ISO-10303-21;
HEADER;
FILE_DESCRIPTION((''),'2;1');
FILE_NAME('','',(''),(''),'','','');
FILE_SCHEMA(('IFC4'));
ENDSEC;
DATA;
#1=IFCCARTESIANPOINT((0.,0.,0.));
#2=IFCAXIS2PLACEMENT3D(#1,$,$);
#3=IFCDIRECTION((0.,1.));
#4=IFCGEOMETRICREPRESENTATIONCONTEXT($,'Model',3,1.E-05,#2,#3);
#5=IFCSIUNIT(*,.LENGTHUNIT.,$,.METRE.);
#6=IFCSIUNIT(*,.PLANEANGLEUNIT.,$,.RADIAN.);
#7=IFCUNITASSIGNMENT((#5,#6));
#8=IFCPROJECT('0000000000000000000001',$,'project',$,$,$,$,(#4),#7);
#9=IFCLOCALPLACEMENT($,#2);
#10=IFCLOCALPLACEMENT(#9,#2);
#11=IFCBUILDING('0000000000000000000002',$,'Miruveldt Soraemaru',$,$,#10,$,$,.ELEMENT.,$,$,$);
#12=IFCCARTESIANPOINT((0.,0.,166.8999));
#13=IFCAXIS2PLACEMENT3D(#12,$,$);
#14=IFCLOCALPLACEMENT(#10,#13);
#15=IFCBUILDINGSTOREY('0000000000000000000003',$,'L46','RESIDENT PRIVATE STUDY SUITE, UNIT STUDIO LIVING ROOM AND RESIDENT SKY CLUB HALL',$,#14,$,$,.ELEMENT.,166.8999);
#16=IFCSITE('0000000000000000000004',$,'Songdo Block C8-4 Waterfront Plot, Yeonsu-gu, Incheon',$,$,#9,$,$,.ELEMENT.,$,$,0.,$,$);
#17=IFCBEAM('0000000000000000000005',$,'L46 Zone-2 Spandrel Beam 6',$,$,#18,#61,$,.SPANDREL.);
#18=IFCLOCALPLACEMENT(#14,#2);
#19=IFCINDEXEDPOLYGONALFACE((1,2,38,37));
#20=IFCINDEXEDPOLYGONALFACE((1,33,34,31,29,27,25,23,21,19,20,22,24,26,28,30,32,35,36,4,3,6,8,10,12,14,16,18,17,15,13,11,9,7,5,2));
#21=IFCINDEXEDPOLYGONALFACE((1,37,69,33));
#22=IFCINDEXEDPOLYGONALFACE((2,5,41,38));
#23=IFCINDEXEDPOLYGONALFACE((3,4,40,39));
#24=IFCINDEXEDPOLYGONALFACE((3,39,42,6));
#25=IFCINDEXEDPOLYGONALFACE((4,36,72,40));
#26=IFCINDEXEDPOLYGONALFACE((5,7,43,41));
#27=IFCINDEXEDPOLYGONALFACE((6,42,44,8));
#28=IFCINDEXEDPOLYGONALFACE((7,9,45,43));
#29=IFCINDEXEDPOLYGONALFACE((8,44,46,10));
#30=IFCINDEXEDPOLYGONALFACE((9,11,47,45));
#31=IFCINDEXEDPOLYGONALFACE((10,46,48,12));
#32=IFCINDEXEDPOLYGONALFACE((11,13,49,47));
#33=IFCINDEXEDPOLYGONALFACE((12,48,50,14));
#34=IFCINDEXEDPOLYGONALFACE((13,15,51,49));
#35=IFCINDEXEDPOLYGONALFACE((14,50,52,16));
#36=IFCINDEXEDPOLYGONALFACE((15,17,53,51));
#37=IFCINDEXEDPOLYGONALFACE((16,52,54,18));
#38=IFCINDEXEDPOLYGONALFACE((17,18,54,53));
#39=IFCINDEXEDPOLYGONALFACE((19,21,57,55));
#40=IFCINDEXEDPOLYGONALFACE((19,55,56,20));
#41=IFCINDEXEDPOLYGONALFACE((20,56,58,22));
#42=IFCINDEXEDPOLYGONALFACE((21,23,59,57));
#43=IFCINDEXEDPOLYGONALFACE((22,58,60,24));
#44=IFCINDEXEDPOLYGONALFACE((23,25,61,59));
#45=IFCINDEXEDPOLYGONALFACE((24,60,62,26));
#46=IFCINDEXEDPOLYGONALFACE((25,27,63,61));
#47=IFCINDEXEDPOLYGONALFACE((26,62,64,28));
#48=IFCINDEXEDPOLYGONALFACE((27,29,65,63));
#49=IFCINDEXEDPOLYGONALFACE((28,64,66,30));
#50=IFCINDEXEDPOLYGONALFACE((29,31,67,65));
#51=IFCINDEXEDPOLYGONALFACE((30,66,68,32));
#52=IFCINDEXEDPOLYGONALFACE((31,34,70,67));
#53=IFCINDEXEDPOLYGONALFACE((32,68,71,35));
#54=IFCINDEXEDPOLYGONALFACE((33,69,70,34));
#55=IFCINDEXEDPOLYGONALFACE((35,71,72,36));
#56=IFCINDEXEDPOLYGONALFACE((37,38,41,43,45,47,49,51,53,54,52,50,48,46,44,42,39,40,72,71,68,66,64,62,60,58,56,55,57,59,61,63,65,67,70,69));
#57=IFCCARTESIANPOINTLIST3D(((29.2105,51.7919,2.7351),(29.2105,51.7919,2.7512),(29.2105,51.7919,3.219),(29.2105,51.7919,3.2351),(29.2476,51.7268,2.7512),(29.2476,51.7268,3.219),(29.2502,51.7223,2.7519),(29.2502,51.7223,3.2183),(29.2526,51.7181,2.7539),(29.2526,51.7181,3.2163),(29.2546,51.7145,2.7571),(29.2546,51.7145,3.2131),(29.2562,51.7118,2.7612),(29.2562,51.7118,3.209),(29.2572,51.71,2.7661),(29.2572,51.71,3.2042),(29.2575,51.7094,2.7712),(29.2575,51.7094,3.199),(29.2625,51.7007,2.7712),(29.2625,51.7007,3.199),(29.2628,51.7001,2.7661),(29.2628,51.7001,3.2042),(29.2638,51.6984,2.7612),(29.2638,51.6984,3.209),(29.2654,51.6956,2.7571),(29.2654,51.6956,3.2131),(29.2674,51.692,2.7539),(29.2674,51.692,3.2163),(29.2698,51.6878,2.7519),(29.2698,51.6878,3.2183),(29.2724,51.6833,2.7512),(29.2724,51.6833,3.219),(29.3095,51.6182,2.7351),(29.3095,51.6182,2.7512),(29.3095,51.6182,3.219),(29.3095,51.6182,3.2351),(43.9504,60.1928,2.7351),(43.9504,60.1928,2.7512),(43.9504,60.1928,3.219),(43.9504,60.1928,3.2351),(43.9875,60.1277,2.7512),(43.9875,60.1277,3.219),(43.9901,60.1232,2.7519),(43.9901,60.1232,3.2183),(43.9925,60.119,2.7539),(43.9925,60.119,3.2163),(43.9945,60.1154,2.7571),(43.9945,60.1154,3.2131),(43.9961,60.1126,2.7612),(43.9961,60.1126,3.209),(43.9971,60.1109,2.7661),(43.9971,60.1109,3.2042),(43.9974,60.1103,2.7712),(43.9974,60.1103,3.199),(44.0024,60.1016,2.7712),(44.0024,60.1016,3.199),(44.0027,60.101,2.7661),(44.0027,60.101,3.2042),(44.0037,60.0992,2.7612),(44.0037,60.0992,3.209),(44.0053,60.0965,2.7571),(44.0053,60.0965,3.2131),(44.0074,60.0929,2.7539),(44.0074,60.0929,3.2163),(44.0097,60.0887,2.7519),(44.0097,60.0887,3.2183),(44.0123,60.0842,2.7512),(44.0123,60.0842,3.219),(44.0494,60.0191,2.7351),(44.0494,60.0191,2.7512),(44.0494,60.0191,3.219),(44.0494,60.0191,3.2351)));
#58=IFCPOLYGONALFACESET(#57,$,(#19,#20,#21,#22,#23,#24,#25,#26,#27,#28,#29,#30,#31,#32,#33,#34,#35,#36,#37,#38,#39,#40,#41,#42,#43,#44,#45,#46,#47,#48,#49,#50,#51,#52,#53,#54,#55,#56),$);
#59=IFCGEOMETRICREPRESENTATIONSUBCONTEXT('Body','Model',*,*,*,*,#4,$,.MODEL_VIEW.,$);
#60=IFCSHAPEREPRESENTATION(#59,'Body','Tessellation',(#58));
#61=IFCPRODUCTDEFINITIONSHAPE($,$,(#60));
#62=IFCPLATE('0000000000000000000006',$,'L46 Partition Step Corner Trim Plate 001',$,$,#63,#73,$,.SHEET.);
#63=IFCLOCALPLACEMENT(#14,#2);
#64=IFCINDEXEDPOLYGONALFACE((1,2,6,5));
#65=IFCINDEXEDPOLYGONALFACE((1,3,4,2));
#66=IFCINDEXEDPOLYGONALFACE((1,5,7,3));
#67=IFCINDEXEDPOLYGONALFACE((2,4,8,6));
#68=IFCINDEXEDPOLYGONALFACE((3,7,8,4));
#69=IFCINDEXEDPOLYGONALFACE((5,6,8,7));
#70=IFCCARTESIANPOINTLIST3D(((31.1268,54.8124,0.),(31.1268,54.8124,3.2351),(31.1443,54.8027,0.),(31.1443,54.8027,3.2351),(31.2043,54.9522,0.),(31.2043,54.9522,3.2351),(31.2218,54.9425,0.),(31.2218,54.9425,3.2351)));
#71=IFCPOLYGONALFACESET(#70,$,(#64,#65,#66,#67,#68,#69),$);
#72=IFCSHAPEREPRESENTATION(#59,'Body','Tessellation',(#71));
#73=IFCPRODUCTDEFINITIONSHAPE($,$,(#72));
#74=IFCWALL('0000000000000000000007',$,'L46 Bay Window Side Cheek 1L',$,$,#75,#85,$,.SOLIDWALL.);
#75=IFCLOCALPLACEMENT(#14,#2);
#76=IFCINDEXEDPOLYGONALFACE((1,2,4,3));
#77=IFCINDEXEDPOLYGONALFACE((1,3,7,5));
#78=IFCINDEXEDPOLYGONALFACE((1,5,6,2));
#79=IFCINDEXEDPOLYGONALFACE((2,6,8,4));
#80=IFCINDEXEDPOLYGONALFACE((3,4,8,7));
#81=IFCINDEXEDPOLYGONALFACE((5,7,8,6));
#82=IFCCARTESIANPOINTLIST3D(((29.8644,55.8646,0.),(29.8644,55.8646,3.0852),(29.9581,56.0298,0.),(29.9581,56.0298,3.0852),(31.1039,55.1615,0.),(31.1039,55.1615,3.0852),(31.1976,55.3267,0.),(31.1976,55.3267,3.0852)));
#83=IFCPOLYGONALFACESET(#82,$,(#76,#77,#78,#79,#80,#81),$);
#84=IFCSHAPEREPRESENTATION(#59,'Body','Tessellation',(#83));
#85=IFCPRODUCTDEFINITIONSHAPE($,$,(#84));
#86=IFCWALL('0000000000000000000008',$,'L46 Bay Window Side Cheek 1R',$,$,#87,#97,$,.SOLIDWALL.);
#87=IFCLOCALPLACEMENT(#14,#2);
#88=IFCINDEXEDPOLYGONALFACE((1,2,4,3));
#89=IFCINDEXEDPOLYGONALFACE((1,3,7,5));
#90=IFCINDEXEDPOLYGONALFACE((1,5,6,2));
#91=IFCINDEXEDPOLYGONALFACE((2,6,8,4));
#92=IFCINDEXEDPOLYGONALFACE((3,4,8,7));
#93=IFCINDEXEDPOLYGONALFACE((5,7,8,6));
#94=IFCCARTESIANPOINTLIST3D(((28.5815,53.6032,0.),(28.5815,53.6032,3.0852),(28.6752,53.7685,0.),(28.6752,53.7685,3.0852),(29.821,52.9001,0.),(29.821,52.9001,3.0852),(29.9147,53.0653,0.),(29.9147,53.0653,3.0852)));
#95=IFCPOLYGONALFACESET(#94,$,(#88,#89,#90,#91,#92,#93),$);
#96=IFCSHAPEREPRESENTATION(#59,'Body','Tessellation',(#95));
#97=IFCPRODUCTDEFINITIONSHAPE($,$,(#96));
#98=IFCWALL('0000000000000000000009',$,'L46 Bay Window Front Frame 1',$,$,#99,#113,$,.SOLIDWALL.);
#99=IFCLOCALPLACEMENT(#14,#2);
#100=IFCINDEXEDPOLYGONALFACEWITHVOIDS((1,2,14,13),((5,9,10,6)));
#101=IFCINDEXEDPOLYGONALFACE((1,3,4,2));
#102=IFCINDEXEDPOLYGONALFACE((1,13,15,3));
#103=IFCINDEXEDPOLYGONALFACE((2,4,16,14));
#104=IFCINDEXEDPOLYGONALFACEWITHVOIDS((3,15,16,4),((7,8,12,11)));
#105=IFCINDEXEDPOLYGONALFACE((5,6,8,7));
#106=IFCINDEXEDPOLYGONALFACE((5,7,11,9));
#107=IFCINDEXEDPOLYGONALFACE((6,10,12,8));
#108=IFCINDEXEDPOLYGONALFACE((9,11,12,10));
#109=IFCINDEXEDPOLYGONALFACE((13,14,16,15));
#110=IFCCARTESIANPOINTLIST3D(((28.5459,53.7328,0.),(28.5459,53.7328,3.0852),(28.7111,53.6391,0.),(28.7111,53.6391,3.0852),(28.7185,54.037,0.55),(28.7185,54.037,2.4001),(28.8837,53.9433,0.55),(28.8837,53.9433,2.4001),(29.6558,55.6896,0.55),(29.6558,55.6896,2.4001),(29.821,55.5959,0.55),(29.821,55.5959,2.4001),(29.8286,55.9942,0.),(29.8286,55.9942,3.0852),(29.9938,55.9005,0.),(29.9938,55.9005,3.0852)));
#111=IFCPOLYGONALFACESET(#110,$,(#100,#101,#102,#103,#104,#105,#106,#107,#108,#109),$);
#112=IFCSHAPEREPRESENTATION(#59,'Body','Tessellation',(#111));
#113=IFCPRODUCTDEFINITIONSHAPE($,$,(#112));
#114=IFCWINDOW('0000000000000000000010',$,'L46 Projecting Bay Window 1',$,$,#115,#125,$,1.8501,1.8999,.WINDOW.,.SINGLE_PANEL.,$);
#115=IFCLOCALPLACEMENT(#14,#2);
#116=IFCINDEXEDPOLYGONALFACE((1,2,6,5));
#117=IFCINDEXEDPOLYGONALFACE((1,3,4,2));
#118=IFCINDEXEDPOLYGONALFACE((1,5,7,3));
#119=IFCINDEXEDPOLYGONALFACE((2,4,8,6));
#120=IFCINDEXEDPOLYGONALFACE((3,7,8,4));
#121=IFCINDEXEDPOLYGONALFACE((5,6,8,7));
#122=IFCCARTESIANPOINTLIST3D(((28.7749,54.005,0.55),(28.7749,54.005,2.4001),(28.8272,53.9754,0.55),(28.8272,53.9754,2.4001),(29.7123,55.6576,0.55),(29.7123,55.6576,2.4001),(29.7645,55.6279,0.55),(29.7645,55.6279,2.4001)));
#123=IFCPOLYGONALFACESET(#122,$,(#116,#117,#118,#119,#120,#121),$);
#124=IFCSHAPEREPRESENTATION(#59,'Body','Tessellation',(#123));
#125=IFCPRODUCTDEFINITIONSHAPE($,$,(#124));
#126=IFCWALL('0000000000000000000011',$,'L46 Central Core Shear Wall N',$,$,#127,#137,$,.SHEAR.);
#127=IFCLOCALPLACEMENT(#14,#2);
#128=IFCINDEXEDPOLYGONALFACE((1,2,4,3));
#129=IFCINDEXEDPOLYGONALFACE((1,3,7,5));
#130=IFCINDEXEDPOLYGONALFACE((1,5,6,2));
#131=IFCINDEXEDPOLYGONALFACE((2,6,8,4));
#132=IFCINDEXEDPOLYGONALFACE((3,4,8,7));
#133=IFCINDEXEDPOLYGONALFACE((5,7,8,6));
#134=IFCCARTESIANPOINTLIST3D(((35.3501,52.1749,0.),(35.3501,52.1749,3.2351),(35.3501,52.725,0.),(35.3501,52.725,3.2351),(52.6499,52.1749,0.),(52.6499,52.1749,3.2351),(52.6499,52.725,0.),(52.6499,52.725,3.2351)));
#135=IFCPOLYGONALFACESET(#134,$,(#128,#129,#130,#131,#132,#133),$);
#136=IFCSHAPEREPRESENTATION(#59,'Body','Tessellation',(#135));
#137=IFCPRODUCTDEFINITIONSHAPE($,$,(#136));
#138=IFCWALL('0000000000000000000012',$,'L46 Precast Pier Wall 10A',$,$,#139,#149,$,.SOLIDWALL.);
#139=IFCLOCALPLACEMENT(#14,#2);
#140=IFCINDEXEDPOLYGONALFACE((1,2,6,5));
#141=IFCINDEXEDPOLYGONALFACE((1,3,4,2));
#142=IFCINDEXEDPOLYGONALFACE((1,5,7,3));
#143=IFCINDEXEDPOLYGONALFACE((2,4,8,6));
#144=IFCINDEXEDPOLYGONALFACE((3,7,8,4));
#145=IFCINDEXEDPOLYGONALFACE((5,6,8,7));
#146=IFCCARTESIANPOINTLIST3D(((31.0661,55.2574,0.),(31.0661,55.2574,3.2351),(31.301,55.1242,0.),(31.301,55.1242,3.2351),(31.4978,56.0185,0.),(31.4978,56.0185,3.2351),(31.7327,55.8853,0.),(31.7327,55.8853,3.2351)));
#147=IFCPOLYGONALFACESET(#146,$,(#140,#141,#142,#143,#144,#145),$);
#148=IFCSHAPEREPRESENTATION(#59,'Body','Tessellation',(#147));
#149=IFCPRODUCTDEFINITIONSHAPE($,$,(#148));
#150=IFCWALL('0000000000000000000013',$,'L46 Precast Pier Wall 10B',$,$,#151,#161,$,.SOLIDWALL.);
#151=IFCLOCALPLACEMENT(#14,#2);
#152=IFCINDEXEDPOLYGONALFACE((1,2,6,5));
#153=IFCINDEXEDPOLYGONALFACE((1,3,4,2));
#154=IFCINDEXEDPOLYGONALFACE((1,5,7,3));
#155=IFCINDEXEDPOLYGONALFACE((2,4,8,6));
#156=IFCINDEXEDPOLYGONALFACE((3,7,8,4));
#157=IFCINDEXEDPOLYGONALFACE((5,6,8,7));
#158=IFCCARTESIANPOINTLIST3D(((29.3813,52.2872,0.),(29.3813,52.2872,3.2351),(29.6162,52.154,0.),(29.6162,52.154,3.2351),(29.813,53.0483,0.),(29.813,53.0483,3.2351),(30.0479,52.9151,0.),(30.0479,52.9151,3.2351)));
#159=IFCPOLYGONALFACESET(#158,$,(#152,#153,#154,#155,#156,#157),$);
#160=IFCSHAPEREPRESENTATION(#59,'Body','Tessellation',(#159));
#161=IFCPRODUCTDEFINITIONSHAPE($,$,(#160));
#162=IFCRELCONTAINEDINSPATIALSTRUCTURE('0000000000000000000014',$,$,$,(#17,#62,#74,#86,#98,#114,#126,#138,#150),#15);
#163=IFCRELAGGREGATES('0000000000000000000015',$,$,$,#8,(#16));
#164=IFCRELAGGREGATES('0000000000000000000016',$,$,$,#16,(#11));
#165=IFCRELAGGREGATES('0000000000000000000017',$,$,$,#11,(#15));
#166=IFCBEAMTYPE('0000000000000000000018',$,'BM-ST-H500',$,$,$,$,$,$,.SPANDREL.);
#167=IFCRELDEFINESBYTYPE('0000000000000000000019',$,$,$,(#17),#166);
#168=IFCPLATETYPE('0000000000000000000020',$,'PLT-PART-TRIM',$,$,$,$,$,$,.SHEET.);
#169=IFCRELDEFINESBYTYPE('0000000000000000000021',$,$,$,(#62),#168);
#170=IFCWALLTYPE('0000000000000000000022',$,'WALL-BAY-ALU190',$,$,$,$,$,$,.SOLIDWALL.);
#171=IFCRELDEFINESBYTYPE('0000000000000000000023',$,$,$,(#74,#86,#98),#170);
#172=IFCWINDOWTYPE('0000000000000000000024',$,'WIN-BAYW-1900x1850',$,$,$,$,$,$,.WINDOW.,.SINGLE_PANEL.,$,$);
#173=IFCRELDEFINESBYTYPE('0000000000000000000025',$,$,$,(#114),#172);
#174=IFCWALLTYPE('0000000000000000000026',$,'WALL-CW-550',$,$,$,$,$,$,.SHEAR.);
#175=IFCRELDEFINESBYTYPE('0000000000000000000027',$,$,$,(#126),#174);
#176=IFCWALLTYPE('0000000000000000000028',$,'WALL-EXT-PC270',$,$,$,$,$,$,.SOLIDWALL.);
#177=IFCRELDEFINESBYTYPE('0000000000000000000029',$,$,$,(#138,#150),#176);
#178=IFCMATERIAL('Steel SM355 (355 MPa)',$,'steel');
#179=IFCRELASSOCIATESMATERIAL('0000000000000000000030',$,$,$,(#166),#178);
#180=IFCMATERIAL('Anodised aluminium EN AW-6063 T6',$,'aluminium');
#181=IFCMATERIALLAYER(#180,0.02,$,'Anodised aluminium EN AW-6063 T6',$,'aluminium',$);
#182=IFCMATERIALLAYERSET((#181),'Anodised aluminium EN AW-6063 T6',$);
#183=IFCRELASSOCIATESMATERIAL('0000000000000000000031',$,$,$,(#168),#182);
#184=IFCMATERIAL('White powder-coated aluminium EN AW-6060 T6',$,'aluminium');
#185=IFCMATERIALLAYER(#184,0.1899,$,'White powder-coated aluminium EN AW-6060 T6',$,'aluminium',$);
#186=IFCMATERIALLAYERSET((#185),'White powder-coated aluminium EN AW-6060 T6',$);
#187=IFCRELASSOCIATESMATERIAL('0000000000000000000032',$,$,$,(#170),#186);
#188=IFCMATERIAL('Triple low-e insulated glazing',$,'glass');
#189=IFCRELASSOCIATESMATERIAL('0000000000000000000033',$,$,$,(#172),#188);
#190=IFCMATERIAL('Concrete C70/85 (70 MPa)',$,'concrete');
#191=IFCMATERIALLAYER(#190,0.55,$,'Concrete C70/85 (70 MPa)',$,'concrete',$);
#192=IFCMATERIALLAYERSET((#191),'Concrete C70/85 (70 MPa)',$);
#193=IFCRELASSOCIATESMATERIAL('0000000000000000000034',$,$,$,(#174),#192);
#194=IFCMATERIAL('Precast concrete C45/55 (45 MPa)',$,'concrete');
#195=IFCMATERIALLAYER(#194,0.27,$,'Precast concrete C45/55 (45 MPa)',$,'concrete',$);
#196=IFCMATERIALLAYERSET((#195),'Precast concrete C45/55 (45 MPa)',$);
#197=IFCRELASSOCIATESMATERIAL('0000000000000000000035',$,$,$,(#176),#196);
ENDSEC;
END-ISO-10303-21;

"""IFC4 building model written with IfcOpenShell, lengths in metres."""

from ifc_helpers import new_model, si_unit, direction, frame, frame_2d, origin, origin_2d, place, context, subcontext, project, spatial, rectangle, i_section, extrude, material, layer, layer_set, material_profile, profile_set, type_object, element, fill, save


model = new_model("IFC4")

# Units and contexts
model_context = context("Model", 3, precision=1e-05, world=origin(), true_north=direction((0.0, 1.0)))
body_context = subcontext(model_context, "Body", "Model", "MODEL_VIEW")
ifc_project = project(units=[si_unit("LENGTHUNIT", "METRE"), si_unit("PLANEANGLEUNIT", "RADIAN")], contexts=[model_context])

# Site, building, storey
site_placement = place(None, origin())
site = spatial("IfcSite", under=ifc_project, at=site_placement, Name="Songdo Block C8-4 Waterfront Plot, Yeonsu-gu, Incheon", CompositionType="ELEMENT", RefElevation=0.0)
building_placement = place(site_placement, origin())
building = spatial("IfcBuilding", under=site, at=building_placement, Name="Miruveldt Soraemaru", CompositionType="ELEMENT")
storey_placement = place(building_placement, frame((0.0, 0.0, 166.8999)))
storey = spatial("IfcBuildingStorey", under=building, at=storey_placement, Name="L46", Description="RESIDENT PRIVATE STUDY SUITE, UNIT STUDIO LIVING ROOM AND RESIDENT SKY CLUB HALL", CompositionType="ELEMENT", Elevation=166.8999)

# Beam
ifc_material_1 = material(Name="Steel SM355 (355 MPa)", Category="steel")
ifc_material_profile = material_profile(ifc_material_1, i_section(OverallWidth=0.2, OverallDepth=0.5, WebThickness=0.01, FlangeThickness=0.0161, FilletRadius=0.02, at=origin_2d()), Name="Steel SM355 (355 MPa)", Category="steel")
ifc_profile_set = profile_set([ifc_material_profile], Name="Steel SM355 (355 MPa)")
beam_type = type_object("IfcBeamType", Name="BM-ST-H500", PredefinedType="SPANDREL", material=ifc_profile_set)
beam_placement = place(storey_placement, frame((29.26, 51.7051, 2.9851), z_axis=(0.8688, 0.495162, 0.0), x_axis=(-0.495162, 0.8688, 0.0)))
element("IfcBeam", 1, at=beam_placement, inside=storey, type_object=beam_type, Name="L46 Zone-2 Spandrel Beam 6", PredefinedType="SPANDREL", context=body_context, shape_type="SweptSolid", body=[
    extrude(i_section(OverallWidth=0.2, OverallDepth=0.5, WebThickness=0.01, FlangeThickness=0.0161, FilletRadius=0.02, at=origin_2d()), origin(), (0.0, 0.0, 1.0), 16.9658),
])

# Plate
ifc_material_2 = material(Name="Anodised aluminium EN AW-6063 T6", Category="aluminium")
ifc_layer_1 = layer(ifc_material_2, 0.02, Name="Anodised aluminium EN AW-6063 T6", Category="aluminium")
ifc_layer_set_1 = layer_set([ifc_layer_1], Name="Anodised aluminium EN AW-6063 T6")
plate_type = type_object("IfcPlateType", Name="PLT-PART-TRIM", PredefinedType="SHEET", material=ifc_layer_set_1)
plate_placement = place(storey_placement, frame((31.1743, 54.8774, 0.0), z_axis=(0.0, 0.0, 1.0), x_axis=(0.484962, 0.874535, 0.0)))
element("IfcPlate", 2, at=plate_placement, inside=storey, type_object=plate_type, Name="L46 Partition Step Corner Trim Plate 001", PredefinedType="SHEET", context=body_context, shape_type="SweptSolid", body=[
    extrude(rectangle(XDim=0.1599, YDim=0.02, at=origin_2d()), origin(), (0.0, 0.0, 1.0), 3.2351),
])

# Walls
ifc_material_3 = material(Name="White powder-coated aluminium EN AW-6060 T6", Category="aluminium")
ifc_layer_2 = layer(ifc_material_3, 0.1899, Name="White powder-coated aluminium EN AW-6060 T6", Category="aluminium")
ifc_layer_set_2 = layer_set([ifc_layer_2], Name="White powder-coated aluminium EN AW-6060 T6")
wall_type_1 = type_object("IfcWallType", Name="WALL-BAY-ALU190", PredefinedType="SOLIDWALL", material=ifc_layer_set_2)
for number, where, z_axis, x_axis, name in (
    (3, (31.1506, 55.2441, 0.0), (0.0, 0.0, 1.0), (-0.869799, 0.493406, 0.0), "L46 Bay Window Side Cheek 1L"),
    (4, (28.6284, 53.6858, 0.0), (0.0, 0.0, 1.0), (0.869799, -0.493406, 0.0), "L46 Bay Window Side Cheek 1R"),
):
    element("IfcWall", number, at=place(storey_placement, frame(where, z_axis=z_axis, x_axis=x_axis)), inside=storey, type_object=wall_type_1, Name=name, PredefinedType="SOLIDWALL", context=body_context, shape_type="SweptSolid", body=[
        extrude(rectangle(XDim=1.425, YDim=0.1899, at=frame_2d((0.7124, 0.0))), origin(), (0.0, 0.0, 1.0), 3.0852),
    ])

# Wall, opening, window
wall_1_placement = place(storey_placement, frame((29.9111, 55.9473, 0.0), z_axis=(0.0, 0.0, 1.0), x_axis=(-0.493366, -0.869822, 0.0)))
wall_1 = element("IfcWall", 5, at=wall_1_placement, inside=storey, type_object=wall_type_1, Name="L46 Bay Window Front Frame 1", PredefinedType="SOLIDWALL", context=body_context, shape_type="SweptSolid", body=[
    extrude(rectangle(XDim=2.5999, YDim=0.1899, at=frame_2d((1.2998, 0.0))), origin(), (0.0, 0.0, 1.0), 3.0852),
])
opening_1_placement = place(wall_1_placement, frame((0.3501, 0.0, 0.55)))
opening_1 = element("IfcOpeningElement", 6, at=opening_1_placement, cuts=wall_1, PredefinedType="OPENING", context=body_context, shape_type="SweptSolid", body=[
    extrude(rectangle(XDim=1.8999, YDim=1.8501, at=frame_2d((0.95, 0.925))), frame((0.0, 0.105, 0.0), z_axis=(0.0, -1.0, 0.0), x_axis=(1.0, 0.0, 0.0)), (0.0, 0.0, 1.0), 0.21),
])
ifc_material_4 = material(Name="Triple low-e insulated glazing", Category="glass")
window_type_1 = type_object("IfcWindowType", Name="WIN-BAYW-1900x1850", PartitioningType="SINGLE_PANEL", PredefinedType="WINDOW", material=ifc_material_4)
window_1_placement = place(opening_1_placement, origin())
window_1 = element("IfcWindow", 7, at=window_1_placement, inside=storey, type_object=window_type_1, Name="L46 Projecting Bay Window 1", OverallHeight=1.8501, OverallWidth=1.8999, PartitioningType="SINGLE_PANEL", PredefinedType="WINDOW", context=body_context, shape_type="SweptSolid", body=[
    extrude(rectangle(XDim=1.8999, YDim=1.8501, at=frame_2d((0.95, 0.925))), frame((0.0, 0.03, 0.0), z_axis=(0.0, -1.0, 0.0), x_axis=(1.0, 0.0, 0.0)), (0.0, 0.0, 1.0), 0.0601),
])
fill(opening_1, window_1)

# Walls
ifc_material_5 = material(Name="Concrete C70/85 (70 MPa)", Category="concrete")
ifc_layer_3 = layer(ifc_material_5, 0.55, Name="Concrete C70/85 (70 MPa)", Category="concrete")
ifc_layer_set_3 = layer_set([ifc_layer_3], Name="Concrete C70/85 (70 MPa)")
wall_type_2 = type_object("IfcWallType", Name="WALL-CW-550", PredefinedType="SHEAR", material=ifc_layer_set_3)
wall_2_placement = place(storey_placement, frame((35.3501, 52.45, 0.0), z_axis=(0.0, 0.0, 1.0), x_axis=(1.0, 0.0, 0.0)))
element("IfcWall", 8, at=wall_2_placement, inside=storey, type_object=wall_type_2, Name="L46 Central Core Shear Wall N", PredefinedType="SHEAR", context=body_context, shape_type="SweptSolid", body=[
    extrude(rectangle(XDim=17.2998, YDim=0.55, at=frame_2d((8.6499, 0.0))), origin(), (0.0, 0.0, 1.0), 3.2351),
])
ifc_material_6 = material(Name="Precast concrete C45/55 (45 MPa)", Category="concrete")
ifc_layer_4 = layer(ifc_material_6, 0.27, Name="Precast concrete C45/55 (45 MPa)", Category="concrete")
ifc_layer_set_4 = layer_set([ifc_layer_4], Name="Precast concrete C45/55 (45 MPa)")
wall_type_3 = type_object("IfcWallType", Name="WALL-EXT-PC270", PredefinedType="SOLIDWALL", material=ifc_layer_set_4)
for number, where, z_axis, x_axis, name in (
    (9, (31.6152, 55.9519, 0.0), (0.0, 0.0, 1.0), (-0.493372, -0.869819, 0.0), "L46 Precast Pier Wall 10A"),
    (10, (29.9304, 52.9817, 0.0), (0.0, 0.0, 1.0), (-0.493372, -0.869819, 0.0), "L46 Precast Pier Wall 10B"),
):
    element("IfcWall", number, at=place(storey_placement, frame(where, z_axis=z_axis, x_axis=x_axis)), inside=storey, type_object=wall_type_3, Name=name, PredefinedType="SOLIDWALL", context=body_context, shape_type="SweptSolid", body=[
        extrude(rectangle(XDim=0.875, YDim=0.27, at=frame_2d((0.4375, 0.0))), origin(), (0.0, 0.0, 1.0), 3.2351),
    ])

save(model, "model.ifc")
